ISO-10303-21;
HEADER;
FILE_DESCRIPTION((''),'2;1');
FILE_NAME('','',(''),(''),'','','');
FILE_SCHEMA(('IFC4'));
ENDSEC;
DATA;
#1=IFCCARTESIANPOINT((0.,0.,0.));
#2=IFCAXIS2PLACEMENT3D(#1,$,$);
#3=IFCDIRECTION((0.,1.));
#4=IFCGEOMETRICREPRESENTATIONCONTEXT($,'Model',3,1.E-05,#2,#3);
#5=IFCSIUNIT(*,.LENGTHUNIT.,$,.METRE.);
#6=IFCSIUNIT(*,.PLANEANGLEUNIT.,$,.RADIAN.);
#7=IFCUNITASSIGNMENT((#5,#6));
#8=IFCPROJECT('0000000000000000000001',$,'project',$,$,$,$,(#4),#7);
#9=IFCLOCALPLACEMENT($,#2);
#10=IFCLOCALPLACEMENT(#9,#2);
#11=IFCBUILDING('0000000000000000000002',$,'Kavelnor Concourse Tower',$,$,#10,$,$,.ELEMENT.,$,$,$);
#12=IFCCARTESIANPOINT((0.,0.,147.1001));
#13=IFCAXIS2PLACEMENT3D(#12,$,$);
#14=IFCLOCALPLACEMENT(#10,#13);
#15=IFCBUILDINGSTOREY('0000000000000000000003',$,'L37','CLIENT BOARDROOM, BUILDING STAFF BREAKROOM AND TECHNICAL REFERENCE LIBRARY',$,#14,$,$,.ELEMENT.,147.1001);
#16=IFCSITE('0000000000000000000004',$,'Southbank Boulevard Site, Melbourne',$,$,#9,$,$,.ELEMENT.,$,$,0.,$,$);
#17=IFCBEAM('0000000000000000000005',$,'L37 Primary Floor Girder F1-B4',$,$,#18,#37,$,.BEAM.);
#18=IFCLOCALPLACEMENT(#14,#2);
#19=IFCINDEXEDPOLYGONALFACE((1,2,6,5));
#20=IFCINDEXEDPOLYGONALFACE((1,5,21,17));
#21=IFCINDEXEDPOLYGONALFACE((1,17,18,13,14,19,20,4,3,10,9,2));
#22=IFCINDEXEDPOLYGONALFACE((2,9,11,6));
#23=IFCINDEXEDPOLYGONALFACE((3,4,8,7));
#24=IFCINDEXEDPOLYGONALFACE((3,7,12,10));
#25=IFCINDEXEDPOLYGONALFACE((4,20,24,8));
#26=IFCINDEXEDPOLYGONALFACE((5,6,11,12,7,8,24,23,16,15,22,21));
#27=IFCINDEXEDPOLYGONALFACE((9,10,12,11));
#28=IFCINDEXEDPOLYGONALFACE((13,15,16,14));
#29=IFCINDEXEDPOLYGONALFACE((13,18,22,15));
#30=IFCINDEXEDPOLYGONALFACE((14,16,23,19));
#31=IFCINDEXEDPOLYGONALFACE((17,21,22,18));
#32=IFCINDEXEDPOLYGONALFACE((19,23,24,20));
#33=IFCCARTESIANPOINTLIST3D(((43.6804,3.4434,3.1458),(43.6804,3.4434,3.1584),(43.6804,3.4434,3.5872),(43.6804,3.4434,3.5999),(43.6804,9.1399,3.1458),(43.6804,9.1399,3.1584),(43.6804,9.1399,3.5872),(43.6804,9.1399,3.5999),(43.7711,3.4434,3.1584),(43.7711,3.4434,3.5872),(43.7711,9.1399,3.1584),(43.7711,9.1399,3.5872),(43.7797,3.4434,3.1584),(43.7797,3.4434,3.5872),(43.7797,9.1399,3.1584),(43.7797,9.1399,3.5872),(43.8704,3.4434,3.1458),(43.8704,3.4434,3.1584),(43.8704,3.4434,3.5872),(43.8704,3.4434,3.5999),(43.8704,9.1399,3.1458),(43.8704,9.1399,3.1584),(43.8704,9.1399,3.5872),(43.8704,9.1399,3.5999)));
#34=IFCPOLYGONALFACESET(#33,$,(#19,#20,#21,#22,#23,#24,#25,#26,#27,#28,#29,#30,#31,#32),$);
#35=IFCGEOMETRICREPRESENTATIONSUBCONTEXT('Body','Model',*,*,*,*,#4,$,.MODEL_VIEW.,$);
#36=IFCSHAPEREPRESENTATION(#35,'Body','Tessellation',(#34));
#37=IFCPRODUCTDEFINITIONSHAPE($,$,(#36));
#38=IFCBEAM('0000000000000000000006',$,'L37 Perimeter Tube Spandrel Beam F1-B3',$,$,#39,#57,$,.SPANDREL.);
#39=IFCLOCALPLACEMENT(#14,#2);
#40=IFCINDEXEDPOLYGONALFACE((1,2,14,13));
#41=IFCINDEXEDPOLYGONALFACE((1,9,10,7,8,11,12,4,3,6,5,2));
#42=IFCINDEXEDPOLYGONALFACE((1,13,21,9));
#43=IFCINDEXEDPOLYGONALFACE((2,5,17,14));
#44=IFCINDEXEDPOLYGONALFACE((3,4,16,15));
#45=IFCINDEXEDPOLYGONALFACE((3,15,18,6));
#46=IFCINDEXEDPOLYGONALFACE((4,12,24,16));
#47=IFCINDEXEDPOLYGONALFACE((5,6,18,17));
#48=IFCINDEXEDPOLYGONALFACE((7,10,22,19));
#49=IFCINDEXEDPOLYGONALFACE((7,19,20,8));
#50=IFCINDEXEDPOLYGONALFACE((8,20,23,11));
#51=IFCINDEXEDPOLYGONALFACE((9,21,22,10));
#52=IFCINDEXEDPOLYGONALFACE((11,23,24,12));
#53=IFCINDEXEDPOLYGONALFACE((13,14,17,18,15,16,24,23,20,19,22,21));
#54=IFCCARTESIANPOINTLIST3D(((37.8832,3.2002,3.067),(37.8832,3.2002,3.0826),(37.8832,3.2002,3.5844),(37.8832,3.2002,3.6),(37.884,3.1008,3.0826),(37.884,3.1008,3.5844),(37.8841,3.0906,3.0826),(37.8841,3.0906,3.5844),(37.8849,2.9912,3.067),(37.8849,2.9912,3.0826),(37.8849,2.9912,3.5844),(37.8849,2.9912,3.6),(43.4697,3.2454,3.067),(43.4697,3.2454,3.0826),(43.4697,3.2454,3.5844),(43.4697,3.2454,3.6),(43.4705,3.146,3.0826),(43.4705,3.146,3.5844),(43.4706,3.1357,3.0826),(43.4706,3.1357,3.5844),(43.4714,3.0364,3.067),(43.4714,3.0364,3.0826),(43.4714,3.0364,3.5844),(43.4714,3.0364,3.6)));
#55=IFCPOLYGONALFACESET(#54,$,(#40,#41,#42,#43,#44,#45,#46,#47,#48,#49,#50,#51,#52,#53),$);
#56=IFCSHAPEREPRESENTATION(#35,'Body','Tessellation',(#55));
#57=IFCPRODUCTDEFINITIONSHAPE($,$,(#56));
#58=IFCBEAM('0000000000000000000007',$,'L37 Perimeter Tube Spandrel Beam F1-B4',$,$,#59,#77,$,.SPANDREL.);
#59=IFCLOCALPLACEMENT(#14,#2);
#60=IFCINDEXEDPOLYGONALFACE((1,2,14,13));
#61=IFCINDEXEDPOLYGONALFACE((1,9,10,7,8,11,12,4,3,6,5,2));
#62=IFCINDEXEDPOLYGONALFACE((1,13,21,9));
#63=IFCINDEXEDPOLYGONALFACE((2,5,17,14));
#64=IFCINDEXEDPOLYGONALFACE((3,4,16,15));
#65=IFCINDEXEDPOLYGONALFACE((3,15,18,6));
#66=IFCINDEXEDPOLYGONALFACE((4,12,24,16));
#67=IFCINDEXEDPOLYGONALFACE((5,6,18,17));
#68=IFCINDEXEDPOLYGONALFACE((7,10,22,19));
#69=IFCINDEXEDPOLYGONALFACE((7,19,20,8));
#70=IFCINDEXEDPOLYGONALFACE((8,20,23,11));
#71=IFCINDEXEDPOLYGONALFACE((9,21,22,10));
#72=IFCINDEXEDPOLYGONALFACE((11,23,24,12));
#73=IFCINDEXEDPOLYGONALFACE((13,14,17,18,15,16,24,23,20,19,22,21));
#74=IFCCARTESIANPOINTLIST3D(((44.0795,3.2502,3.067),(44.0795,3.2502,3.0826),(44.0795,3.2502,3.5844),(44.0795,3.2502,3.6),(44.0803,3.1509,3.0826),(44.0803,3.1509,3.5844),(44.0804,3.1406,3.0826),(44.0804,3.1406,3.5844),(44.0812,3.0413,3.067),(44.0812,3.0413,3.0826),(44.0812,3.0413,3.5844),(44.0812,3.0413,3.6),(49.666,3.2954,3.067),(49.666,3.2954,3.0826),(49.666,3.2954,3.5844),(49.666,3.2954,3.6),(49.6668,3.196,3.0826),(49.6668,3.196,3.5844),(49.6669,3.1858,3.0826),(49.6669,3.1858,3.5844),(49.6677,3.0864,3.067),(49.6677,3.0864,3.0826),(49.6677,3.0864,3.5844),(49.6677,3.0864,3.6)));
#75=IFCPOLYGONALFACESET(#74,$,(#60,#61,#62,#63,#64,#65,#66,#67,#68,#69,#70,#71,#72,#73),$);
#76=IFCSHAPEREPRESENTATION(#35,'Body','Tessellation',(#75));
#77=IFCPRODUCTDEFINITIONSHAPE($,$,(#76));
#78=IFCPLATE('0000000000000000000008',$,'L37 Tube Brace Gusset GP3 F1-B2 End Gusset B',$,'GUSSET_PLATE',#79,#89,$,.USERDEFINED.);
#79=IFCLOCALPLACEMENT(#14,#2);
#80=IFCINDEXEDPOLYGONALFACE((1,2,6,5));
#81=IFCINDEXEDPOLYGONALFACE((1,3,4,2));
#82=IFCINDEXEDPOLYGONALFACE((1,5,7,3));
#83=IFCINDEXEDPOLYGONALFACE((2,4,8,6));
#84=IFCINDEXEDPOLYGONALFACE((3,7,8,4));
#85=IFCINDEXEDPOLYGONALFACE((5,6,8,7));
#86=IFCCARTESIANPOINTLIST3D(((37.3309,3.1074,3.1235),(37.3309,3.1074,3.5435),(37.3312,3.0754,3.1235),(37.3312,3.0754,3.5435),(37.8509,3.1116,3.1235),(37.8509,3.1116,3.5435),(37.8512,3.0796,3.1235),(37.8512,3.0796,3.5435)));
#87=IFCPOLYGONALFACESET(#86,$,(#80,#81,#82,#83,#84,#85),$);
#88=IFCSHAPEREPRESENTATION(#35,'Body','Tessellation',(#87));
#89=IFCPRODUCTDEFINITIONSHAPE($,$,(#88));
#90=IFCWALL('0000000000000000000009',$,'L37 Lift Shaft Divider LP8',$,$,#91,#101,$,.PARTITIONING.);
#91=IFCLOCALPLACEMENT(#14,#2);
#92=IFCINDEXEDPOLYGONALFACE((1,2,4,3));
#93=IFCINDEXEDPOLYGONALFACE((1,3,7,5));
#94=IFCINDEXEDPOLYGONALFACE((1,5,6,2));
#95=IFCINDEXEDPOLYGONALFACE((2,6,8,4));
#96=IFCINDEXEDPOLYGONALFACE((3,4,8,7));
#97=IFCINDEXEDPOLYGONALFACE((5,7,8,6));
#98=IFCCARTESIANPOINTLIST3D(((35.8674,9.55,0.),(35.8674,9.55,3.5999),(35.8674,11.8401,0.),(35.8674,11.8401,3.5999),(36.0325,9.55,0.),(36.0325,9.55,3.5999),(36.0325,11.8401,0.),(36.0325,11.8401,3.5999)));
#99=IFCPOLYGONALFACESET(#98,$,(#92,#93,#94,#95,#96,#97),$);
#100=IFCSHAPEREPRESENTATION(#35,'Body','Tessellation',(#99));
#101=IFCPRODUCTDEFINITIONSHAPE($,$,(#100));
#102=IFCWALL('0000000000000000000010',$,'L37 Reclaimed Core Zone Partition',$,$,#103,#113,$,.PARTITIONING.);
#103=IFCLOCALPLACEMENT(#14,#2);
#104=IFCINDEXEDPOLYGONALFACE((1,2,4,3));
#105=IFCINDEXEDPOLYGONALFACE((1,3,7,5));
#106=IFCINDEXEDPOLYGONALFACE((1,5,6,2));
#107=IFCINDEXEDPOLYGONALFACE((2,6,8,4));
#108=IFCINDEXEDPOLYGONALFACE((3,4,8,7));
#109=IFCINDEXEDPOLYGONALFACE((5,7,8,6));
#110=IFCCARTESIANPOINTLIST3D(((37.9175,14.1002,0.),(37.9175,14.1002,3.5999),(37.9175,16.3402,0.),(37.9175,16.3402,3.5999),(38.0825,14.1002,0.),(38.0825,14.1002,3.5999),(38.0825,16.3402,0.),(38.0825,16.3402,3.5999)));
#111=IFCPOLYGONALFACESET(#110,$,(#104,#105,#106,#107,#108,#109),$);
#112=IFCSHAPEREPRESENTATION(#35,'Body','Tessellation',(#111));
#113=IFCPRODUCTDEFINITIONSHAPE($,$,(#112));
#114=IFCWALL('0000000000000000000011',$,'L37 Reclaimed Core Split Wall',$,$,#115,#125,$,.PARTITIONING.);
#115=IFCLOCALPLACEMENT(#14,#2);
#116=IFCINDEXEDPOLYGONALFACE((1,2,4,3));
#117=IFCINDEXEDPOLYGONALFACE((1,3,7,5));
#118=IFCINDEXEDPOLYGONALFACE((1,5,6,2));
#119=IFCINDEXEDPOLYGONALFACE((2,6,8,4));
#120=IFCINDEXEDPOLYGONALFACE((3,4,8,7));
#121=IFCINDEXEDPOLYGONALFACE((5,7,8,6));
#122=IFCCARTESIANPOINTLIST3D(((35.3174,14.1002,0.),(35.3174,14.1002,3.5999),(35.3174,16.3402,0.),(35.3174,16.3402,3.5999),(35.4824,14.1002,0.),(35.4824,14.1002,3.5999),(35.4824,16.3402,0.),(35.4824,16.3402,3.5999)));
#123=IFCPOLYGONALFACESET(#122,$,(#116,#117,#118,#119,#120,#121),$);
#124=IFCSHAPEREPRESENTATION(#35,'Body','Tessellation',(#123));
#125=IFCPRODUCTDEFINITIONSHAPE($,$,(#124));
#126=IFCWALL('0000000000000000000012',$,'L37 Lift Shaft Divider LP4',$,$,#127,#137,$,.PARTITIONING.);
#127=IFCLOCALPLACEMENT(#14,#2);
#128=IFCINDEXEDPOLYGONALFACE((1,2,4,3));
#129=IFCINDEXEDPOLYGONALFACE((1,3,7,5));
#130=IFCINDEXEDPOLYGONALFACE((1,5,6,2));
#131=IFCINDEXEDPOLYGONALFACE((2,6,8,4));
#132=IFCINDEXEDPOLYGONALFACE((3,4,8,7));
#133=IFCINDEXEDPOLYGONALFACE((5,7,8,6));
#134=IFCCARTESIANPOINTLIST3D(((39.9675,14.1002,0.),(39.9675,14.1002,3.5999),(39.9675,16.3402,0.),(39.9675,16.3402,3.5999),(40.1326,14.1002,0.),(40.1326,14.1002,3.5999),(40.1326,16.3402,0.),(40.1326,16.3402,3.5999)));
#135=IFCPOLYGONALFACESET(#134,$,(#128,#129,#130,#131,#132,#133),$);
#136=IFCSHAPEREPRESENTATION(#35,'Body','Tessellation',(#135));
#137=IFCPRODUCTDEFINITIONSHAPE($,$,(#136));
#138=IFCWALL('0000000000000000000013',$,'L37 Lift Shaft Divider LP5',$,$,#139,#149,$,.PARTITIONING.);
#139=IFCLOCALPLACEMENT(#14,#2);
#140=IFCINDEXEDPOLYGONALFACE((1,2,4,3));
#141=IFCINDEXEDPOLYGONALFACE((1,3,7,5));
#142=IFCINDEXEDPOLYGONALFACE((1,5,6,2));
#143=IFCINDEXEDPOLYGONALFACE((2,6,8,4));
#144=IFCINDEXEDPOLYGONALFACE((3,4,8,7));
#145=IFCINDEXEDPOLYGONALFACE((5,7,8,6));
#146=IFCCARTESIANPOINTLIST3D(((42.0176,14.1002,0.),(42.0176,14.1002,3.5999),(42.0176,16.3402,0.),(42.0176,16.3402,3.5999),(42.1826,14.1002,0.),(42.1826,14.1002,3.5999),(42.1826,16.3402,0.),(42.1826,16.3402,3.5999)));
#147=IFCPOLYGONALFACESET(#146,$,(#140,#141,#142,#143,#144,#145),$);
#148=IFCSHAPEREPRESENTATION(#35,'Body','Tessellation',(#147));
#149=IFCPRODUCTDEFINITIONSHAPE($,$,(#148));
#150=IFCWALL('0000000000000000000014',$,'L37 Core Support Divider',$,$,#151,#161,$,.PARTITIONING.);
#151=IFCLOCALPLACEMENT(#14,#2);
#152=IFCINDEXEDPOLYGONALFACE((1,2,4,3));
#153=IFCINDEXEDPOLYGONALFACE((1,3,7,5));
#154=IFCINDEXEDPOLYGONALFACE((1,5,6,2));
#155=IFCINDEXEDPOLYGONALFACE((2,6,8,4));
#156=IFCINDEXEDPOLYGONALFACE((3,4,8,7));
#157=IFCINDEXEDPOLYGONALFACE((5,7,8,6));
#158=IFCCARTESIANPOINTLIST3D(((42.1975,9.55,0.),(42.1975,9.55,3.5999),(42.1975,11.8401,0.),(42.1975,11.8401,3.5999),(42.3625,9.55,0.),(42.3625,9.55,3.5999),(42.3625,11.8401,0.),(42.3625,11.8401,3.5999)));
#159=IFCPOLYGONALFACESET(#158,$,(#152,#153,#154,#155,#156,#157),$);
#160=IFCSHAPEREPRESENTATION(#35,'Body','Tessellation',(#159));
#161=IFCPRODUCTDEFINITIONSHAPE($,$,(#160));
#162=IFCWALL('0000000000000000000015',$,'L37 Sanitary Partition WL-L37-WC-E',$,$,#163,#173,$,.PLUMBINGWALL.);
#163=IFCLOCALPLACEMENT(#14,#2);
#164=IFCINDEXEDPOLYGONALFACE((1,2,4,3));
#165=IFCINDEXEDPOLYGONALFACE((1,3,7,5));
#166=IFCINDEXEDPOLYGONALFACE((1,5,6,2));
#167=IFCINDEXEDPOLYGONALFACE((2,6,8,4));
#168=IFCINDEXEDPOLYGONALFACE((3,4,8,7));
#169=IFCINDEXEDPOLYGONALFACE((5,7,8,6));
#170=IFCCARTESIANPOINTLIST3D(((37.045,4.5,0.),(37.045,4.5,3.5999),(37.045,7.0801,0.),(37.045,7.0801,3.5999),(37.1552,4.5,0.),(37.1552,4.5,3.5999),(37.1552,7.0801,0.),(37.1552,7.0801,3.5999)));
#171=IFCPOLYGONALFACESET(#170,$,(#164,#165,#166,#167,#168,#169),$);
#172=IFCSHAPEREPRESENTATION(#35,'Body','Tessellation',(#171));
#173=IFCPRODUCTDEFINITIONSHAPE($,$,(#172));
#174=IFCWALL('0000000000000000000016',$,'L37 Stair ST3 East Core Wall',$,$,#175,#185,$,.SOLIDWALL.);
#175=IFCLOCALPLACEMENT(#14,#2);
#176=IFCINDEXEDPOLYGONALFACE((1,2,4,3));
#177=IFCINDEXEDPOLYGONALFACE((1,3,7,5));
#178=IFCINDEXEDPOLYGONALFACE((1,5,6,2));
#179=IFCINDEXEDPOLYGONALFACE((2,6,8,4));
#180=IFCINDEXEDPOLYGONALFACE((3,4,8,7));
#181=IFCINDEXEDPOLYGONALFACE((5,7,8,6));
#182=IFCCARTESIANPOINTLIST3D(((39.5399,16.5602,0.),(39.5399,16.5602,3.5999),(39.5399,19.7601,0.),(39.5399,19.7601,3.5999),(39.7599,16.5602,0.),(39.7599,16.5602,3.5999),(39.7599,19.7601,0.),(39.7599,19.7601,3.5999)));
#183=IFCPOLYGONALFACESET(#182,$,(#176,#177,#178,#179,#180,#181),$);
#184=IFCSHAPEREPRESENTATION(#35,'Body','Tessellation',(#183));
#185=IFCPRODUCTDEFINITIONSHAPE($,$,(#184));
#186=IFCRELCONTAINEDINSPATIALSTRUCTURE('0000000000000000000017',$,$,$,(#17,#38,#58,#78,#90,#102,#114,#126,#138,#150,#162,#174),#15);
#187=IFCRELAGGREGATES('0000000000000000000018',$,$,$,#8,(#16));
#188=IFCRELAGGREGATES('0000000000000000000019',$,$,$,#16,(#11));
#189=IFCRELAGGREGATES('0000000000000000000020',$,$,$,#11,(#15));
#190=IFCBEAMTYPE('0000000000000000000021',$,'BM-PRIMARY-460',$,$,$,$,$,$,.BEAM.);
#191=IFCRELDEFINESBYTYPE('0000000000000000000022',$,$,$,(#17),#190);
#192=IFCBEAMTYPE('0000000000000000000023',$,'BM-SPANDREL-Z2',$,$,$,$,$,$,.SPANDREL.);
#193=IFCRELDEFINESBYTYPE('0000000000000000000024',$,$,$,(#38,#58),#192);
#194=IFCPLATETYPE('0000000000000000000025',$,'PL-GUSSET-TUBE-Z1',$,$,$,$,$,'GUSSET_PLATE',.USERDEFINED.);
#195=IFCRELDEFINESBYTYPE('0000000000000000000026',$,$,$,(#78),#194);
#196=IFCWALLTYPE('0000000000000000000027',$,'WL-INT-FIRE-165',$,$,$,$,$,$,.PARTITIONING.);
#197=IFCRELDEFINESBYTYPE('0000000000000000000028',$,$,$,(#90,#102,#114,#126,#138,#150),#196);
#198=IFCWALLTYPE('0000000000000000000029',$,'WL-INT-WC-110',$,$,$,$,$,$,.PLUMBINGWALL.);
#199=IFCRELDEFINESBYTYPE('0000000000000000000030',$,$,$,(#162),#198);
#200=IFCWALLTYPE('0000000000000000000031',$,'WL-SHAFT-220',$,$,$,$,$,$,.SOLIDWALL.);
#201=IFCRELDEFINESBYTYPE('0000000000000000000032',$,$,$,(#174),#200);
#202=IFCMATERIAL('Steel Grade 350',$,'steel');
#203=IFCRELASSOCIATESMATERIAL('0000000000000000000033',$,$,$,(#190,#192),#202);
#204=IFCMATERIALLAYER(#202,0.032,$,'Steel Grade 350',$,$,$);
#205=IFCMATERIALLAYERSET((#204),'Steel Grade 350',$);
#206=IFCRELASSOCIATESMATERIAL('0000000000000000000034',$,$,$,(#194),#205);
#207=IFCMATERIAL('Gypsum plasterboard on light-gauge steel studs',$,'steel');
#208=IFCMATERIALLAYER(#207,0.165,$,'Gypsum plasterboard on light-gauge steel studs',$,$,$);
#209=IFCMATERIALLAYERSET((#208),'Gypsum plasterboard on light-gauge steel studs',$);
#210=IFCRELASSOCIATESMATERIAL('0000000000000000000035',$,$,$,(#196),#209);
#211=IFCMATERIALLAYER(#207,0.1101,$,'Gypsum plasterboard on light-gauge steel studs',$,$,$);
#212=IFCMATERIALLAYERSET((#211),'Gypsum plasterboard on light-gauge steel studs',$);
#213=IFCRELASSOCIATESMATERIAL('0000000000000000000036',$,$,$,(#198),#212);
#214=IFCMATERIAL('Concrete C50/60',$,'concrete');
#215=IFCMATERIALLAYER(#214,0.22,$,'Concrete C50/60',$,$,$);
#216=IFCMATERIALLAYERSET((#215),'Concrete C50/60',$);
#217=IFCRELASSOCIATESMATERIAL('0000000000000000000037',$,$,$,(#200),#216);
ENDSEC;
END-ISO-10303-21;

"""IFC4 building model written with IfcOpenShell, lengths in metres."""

from ifc_helpers import new_model, si_unit, direction, frame, frame_2d, origin, origin_2d, place, context, subcontext, project, spatial, rectangle, i_section, extrude, material, layer, layer_set, material_profile, profile_set, type_object, element, save


model = new_model("IFC4")

# Units and contexts
model_context = context("Model", 3, precision=1e-05, world=origin(), true_north=direction((0.0, 1.0)))
body_context = subcontext(model_context, "Body", "Model", "MODEL_VIEW")
ifc_project = project(units=[si_unit("LENGTHUNIT", "METRE"), si_unit("PLANEANGLEUNIT", "RADIAN")], contexts=[model_context])

# Site, building, storey
site_placement = place(None, origin())
site = spatial("IfcSite", under=ifc_project, at=site_placement, Name="Southbank Boulevard Site, Melbourne", CompositionType="ELEMENT", RefElevation=0.0)
building_placement = place(site_placement, origin())
building = spatial("IfcBuilding", under=site, at=building_placement, Name="Kavelnor Concourse Tower", CompositionType="ELEMENT")
storey_placement = place(building_placement, frame((0.0, 0.0, 147.1001)))
storey = spatial("IfcBuildingStorey", under=building, at=storey_placement, Name="L37", Description="CLIENT BOARDROOM, BUILDING STAFF BREAKROOM AND TECHNICAL REFERENCE LIBRARY", CompositionType="ELEMENT", Elevation=147.1001)

# Shared definitions
ifc_material_1 = material(Name="Steel Grade 350", Category="steel")

# Beams
ifc_material_profile_1 = material_profile(ifc_material_1, i_section(OverallWidth=0.1899, OverallDepth=0.4541, WebThickness=0.0085, FlangeThickness=0.0127, at=origin_2d()), Name="460UB67")
ifc_profile_set_1 = profile_set([ifc_material_profile_1], Name="Steel Grade 350")
beam_type_1 = type_object("IfcBeamType", Name="BM-PRIMARY-460", PredefinedType="BEAM", material=ifc_profile_set_1)
beam_1_placement = place(storey_placement, frame((43.7754, 9.1399, 3.3728), z_axis=(0.0, -1.0, 0.0), x_axis=(1.0, 0.0, 0.0)))
element("IfcBeam", 1, at=beam_1_placement, inside=storey, type_object=beam_type_1, Name="L37 Primary Floor Girder F1-B4", PredefinedType="BEAM", context=body_context, shape_type="SweptSolid", body=[
    extrude(i_section(OverallWidth=0.1899, OverallDepth=0.4541, WebThickness=0.0085, FlangeThickness=0.0127, at=origin_2d()), origin(), (0.0, 0.0, 1.0), 5.6965),
])
ifc_material_profile_2 = material_profile(ifc_material_1, i_section(OverallWidth=0.209, OverallDepth=0.533, WebThickness=0.0103, FlangeThickness=0.0156, at=origin_2d()), Name="530UB92")
ifc_profile_set_2 = profile_set([ifc_material_profile_2], Name="Steel Grade 350")
beam_type_2 = type_object("IfcBeamType", Name="BM-SPANDREL-Z2", PredefinedType="SPANDREL", material=ifc_profile_set_2)
for number, where, z_axis, x_axis, name in (
    (2, (37.884, 3.0957, 3.3335), (0.999967, 0.008085, 0.0), (-0.008085, 0.999967, 0.0), "L37 Perimeter Tube Spandrel Beam F1-B3"),
    (3, (44.0803, 3.1458, 3.3335), (0.999967, 0.008085, 0.0), (-0.008085, 0.999967, 0.0), "L37 Perimeter Tube Spandrel Beam F1-B4"),
):
    element("IfcBeam", number, at=place(storey_placement, frame(where, z_axis=z_axis, x_axis=x_axis)), inside=storey, type_object=beam_type_2, Name=name, PredefinedType="SPANDREL", context=body_context, shape_type="SweptSolid", body=[
        extrude(i_section(OverallWidth=0.209, OverallDepth=0.533, WebThickness=0.0103, FlangeThickness=0.0156, at=origin_2d()), origin(), (0.0, 0.0, 1.0), 5.5867),
    ])

# Plate
ifc_layer_1 = layer(ifc_material_1, 0.032, Name="Steel Grade 350")
ifc_layer_set_1 = layer_set([ifc_layer_1], Name="Steel Grade 350")
plate_type = type_object("IfcPlateType", Name="PL-GUSSET-TUBE-Z1", ElementType="GUSSET_PLATE", PredefinedType="USERDEFINED", material=ifc_layer_set_1)
plate_placement = place(storey_placement, frame((37.5911, 3.0935, 3.1235), z_axis=(0.0, 0.0, 1.0), x_axis=(0.999968, 0.008028, 0.0)))
element("IfcPlate", 4, at=plate_placement, inside=storey, type_object=plate_type, Name="L37 Tube Brace Gusset GP3 F1-B2 End Gusset B", ObjectType="GUSSET_PLATE", PredefinedType="USERDEFINED", context=body_context, shape_type="SweptSolid", body=[
    extrude(rectangle(XDim=0.52, YDim=0.032, at=origin_2d()), origin(), (0.0, 0.0, 1.0), 0.4199),
])

# Walls
ifc_material_2 = material(Name="Gypsum plasterboard on light-gauge steel studs", Category="steel")
ifc_layer_2 = layer(ifc_material_2, 0.165, Name="Gypsum plasterboard on light-gauge steel studs")
ifc_layer_set_2 = layer_set([ifc_layer_2], Name="Gypsum plasterboard on light-gauge steel studs")
wall_type_1 = type_object("IfcWallType", Name="WL-INT-FIRE-165", PredefinedType="PARTITIONING", material=ifc_layer_set_2)
wall_1_placement = place(storey_placement, frame((35.95, 9.55, 0.0), z_axis=(0.0, 0.0, 1.0), x_axis=(0.0, 1.0, 0.0)))
element("IfcWall", 5, at=wall_1_placement, inside=storey, type_object=wall_type_1, Name="L37 Lift Shaft Divider LP8", PredefinedType="PARTITIONING", context=body_context, shape_type="SweptSolid", body=[
    extrude(rectangle(XDim=2.29, YDim=0.165, at=frame_2d((1.145, 0.0))), origin(), (0.0, 0.0, 1.0), 3.5999),
])
for number, where, z_axis, x_axis, name in (
    (6, (38.0, 14.1001, 0.0), (0.0, 0.0, 1.0), (0.0, 1.0, 0.0), "L37 Reclaimed Core Zone Partition"),
    (7, (35.3999, 14.1001, 0.0), (0.0, 0.0, 1.0), (0.0, 1.0, 0.0), "L37 Reclaimed Core Split Wall"),
    (8, (40.05, 14.1001, 0.0), (0.0, 0.0, 1.0), (0.0, 1.0, 0.0), "L37 Lift Shaft Divider LP4"),
    (9, (42.1001, 14.1001, 0.0), (0.0, 0.0, 1.0), (0.0, 1.0, 0.0), "L37 Lift Shaft Divider LP5"),
):
    element("IfcWall", number, at=place(storey_placement, frame(where, z_axis=z_axis, x_axis=x_axis)), inside=storey, type_object=wall_type_1, Name=name, PredefinedType="PARTITIONING", context=body_context, shape_type="SweptSolid", body=[
        extrude(rectangle(XDim=2.24, YDim=0.165, at=frame_2d((1.1201, 0.0))), origin(), (0.0, 0.0, 1.0), 3.5999),
    ])
wall_2_placement = place(storey_placement, frame((42.28, 9.55, 0.0), z_axis=(0.0, 0.0, 1.0), x_axis=(0.0, 1.0, 0.0)))
element("IfcWall", 10, at=wall_2_placement, inside=storey, type_object=wall_type_1, Name="L37 Core Support Divider", PredefinedType="PARTITIONING", context=body_context, shape_type="SweptSolid", body=[
    extrude(rectangle(XDim=2.29, YDim=0.165, at=frame_2d((1.145, 0.0))), origin(), (0.0, 0.0, 1.0), 3.5999),
])
ifc_layer_3 = layer(ifc_material_2, 0.1101, Name="Gypsum plasterboard on light-gauge steel studs")
ifc_layer_set_3 = layer_set([ifc_layer_3], Name="Gypsum plasterboard on light-gauge steel studs")
wall_type_2 = type_object("IfcWallType", Name="WL-INT-WC-110", PredefinedType="PLUMBINGWALL", material=ifc_layer_set_3)
wall_3_placement = place(storey_placement, frame((37.1001, 4.5, 0.0), z_axis=(0.0, 0.0, 1.0), x_axis=(0.0, 1.0, 0.0)))
element("IfcWall", 11, at=wall_3_placement, inside=storey, type_object=wall_type_2, Name="L37 Sanitary Partition WL-L37-WC-E", PredefinedType="PLUMBINGWALL", context=body_context, shape_type="SweptSolid", body=[
    extrude(rectangle(XDim=2.5801, YDim=0.1101, at=frame_2d((1.29, 0.0))), origin(), (0.0, 0.0, 1.0), 3.5999),
])
ifc_material_3 = material(Name="Concrete C50/60", Category="concrete")
ifc_layer_4 = layer(ifc_material_3, 0.22, Name="Concrete C50/60")
ifc_layer_set_4 = layer_set([ifc_layer_4], Name="Concrete C50/60")
wall_type_3 = type_object("IfcWallType", Name="WL-SHAFT-220", PredefinedType="SOLIDWALL", material=ifc_layer_set_4)
wall_4_placement = place(storey_placement, frame((39.6499, 16.5601, 0.0), z_axis=(0.0, 0.0, 1.0), x_axis=(0.0, 1.0, 0.0)))
element("IfcWall", 12, at=wall_4_placement, inside=storey, type_object=wall_type_3, Name="L37 Stair ST3 East Core Wall", PredefinedType="SOLIDWALL", context=body_context, shape_type="SweptSolid", body=[
    extrude(rectangle(XDim=3.2, YDim=0.22, at=frame_2d((1.6001, 0.0))), origin(), (0.0, 0.0, 1.0), 3.5999),
])

save(model, "model.ifc")
